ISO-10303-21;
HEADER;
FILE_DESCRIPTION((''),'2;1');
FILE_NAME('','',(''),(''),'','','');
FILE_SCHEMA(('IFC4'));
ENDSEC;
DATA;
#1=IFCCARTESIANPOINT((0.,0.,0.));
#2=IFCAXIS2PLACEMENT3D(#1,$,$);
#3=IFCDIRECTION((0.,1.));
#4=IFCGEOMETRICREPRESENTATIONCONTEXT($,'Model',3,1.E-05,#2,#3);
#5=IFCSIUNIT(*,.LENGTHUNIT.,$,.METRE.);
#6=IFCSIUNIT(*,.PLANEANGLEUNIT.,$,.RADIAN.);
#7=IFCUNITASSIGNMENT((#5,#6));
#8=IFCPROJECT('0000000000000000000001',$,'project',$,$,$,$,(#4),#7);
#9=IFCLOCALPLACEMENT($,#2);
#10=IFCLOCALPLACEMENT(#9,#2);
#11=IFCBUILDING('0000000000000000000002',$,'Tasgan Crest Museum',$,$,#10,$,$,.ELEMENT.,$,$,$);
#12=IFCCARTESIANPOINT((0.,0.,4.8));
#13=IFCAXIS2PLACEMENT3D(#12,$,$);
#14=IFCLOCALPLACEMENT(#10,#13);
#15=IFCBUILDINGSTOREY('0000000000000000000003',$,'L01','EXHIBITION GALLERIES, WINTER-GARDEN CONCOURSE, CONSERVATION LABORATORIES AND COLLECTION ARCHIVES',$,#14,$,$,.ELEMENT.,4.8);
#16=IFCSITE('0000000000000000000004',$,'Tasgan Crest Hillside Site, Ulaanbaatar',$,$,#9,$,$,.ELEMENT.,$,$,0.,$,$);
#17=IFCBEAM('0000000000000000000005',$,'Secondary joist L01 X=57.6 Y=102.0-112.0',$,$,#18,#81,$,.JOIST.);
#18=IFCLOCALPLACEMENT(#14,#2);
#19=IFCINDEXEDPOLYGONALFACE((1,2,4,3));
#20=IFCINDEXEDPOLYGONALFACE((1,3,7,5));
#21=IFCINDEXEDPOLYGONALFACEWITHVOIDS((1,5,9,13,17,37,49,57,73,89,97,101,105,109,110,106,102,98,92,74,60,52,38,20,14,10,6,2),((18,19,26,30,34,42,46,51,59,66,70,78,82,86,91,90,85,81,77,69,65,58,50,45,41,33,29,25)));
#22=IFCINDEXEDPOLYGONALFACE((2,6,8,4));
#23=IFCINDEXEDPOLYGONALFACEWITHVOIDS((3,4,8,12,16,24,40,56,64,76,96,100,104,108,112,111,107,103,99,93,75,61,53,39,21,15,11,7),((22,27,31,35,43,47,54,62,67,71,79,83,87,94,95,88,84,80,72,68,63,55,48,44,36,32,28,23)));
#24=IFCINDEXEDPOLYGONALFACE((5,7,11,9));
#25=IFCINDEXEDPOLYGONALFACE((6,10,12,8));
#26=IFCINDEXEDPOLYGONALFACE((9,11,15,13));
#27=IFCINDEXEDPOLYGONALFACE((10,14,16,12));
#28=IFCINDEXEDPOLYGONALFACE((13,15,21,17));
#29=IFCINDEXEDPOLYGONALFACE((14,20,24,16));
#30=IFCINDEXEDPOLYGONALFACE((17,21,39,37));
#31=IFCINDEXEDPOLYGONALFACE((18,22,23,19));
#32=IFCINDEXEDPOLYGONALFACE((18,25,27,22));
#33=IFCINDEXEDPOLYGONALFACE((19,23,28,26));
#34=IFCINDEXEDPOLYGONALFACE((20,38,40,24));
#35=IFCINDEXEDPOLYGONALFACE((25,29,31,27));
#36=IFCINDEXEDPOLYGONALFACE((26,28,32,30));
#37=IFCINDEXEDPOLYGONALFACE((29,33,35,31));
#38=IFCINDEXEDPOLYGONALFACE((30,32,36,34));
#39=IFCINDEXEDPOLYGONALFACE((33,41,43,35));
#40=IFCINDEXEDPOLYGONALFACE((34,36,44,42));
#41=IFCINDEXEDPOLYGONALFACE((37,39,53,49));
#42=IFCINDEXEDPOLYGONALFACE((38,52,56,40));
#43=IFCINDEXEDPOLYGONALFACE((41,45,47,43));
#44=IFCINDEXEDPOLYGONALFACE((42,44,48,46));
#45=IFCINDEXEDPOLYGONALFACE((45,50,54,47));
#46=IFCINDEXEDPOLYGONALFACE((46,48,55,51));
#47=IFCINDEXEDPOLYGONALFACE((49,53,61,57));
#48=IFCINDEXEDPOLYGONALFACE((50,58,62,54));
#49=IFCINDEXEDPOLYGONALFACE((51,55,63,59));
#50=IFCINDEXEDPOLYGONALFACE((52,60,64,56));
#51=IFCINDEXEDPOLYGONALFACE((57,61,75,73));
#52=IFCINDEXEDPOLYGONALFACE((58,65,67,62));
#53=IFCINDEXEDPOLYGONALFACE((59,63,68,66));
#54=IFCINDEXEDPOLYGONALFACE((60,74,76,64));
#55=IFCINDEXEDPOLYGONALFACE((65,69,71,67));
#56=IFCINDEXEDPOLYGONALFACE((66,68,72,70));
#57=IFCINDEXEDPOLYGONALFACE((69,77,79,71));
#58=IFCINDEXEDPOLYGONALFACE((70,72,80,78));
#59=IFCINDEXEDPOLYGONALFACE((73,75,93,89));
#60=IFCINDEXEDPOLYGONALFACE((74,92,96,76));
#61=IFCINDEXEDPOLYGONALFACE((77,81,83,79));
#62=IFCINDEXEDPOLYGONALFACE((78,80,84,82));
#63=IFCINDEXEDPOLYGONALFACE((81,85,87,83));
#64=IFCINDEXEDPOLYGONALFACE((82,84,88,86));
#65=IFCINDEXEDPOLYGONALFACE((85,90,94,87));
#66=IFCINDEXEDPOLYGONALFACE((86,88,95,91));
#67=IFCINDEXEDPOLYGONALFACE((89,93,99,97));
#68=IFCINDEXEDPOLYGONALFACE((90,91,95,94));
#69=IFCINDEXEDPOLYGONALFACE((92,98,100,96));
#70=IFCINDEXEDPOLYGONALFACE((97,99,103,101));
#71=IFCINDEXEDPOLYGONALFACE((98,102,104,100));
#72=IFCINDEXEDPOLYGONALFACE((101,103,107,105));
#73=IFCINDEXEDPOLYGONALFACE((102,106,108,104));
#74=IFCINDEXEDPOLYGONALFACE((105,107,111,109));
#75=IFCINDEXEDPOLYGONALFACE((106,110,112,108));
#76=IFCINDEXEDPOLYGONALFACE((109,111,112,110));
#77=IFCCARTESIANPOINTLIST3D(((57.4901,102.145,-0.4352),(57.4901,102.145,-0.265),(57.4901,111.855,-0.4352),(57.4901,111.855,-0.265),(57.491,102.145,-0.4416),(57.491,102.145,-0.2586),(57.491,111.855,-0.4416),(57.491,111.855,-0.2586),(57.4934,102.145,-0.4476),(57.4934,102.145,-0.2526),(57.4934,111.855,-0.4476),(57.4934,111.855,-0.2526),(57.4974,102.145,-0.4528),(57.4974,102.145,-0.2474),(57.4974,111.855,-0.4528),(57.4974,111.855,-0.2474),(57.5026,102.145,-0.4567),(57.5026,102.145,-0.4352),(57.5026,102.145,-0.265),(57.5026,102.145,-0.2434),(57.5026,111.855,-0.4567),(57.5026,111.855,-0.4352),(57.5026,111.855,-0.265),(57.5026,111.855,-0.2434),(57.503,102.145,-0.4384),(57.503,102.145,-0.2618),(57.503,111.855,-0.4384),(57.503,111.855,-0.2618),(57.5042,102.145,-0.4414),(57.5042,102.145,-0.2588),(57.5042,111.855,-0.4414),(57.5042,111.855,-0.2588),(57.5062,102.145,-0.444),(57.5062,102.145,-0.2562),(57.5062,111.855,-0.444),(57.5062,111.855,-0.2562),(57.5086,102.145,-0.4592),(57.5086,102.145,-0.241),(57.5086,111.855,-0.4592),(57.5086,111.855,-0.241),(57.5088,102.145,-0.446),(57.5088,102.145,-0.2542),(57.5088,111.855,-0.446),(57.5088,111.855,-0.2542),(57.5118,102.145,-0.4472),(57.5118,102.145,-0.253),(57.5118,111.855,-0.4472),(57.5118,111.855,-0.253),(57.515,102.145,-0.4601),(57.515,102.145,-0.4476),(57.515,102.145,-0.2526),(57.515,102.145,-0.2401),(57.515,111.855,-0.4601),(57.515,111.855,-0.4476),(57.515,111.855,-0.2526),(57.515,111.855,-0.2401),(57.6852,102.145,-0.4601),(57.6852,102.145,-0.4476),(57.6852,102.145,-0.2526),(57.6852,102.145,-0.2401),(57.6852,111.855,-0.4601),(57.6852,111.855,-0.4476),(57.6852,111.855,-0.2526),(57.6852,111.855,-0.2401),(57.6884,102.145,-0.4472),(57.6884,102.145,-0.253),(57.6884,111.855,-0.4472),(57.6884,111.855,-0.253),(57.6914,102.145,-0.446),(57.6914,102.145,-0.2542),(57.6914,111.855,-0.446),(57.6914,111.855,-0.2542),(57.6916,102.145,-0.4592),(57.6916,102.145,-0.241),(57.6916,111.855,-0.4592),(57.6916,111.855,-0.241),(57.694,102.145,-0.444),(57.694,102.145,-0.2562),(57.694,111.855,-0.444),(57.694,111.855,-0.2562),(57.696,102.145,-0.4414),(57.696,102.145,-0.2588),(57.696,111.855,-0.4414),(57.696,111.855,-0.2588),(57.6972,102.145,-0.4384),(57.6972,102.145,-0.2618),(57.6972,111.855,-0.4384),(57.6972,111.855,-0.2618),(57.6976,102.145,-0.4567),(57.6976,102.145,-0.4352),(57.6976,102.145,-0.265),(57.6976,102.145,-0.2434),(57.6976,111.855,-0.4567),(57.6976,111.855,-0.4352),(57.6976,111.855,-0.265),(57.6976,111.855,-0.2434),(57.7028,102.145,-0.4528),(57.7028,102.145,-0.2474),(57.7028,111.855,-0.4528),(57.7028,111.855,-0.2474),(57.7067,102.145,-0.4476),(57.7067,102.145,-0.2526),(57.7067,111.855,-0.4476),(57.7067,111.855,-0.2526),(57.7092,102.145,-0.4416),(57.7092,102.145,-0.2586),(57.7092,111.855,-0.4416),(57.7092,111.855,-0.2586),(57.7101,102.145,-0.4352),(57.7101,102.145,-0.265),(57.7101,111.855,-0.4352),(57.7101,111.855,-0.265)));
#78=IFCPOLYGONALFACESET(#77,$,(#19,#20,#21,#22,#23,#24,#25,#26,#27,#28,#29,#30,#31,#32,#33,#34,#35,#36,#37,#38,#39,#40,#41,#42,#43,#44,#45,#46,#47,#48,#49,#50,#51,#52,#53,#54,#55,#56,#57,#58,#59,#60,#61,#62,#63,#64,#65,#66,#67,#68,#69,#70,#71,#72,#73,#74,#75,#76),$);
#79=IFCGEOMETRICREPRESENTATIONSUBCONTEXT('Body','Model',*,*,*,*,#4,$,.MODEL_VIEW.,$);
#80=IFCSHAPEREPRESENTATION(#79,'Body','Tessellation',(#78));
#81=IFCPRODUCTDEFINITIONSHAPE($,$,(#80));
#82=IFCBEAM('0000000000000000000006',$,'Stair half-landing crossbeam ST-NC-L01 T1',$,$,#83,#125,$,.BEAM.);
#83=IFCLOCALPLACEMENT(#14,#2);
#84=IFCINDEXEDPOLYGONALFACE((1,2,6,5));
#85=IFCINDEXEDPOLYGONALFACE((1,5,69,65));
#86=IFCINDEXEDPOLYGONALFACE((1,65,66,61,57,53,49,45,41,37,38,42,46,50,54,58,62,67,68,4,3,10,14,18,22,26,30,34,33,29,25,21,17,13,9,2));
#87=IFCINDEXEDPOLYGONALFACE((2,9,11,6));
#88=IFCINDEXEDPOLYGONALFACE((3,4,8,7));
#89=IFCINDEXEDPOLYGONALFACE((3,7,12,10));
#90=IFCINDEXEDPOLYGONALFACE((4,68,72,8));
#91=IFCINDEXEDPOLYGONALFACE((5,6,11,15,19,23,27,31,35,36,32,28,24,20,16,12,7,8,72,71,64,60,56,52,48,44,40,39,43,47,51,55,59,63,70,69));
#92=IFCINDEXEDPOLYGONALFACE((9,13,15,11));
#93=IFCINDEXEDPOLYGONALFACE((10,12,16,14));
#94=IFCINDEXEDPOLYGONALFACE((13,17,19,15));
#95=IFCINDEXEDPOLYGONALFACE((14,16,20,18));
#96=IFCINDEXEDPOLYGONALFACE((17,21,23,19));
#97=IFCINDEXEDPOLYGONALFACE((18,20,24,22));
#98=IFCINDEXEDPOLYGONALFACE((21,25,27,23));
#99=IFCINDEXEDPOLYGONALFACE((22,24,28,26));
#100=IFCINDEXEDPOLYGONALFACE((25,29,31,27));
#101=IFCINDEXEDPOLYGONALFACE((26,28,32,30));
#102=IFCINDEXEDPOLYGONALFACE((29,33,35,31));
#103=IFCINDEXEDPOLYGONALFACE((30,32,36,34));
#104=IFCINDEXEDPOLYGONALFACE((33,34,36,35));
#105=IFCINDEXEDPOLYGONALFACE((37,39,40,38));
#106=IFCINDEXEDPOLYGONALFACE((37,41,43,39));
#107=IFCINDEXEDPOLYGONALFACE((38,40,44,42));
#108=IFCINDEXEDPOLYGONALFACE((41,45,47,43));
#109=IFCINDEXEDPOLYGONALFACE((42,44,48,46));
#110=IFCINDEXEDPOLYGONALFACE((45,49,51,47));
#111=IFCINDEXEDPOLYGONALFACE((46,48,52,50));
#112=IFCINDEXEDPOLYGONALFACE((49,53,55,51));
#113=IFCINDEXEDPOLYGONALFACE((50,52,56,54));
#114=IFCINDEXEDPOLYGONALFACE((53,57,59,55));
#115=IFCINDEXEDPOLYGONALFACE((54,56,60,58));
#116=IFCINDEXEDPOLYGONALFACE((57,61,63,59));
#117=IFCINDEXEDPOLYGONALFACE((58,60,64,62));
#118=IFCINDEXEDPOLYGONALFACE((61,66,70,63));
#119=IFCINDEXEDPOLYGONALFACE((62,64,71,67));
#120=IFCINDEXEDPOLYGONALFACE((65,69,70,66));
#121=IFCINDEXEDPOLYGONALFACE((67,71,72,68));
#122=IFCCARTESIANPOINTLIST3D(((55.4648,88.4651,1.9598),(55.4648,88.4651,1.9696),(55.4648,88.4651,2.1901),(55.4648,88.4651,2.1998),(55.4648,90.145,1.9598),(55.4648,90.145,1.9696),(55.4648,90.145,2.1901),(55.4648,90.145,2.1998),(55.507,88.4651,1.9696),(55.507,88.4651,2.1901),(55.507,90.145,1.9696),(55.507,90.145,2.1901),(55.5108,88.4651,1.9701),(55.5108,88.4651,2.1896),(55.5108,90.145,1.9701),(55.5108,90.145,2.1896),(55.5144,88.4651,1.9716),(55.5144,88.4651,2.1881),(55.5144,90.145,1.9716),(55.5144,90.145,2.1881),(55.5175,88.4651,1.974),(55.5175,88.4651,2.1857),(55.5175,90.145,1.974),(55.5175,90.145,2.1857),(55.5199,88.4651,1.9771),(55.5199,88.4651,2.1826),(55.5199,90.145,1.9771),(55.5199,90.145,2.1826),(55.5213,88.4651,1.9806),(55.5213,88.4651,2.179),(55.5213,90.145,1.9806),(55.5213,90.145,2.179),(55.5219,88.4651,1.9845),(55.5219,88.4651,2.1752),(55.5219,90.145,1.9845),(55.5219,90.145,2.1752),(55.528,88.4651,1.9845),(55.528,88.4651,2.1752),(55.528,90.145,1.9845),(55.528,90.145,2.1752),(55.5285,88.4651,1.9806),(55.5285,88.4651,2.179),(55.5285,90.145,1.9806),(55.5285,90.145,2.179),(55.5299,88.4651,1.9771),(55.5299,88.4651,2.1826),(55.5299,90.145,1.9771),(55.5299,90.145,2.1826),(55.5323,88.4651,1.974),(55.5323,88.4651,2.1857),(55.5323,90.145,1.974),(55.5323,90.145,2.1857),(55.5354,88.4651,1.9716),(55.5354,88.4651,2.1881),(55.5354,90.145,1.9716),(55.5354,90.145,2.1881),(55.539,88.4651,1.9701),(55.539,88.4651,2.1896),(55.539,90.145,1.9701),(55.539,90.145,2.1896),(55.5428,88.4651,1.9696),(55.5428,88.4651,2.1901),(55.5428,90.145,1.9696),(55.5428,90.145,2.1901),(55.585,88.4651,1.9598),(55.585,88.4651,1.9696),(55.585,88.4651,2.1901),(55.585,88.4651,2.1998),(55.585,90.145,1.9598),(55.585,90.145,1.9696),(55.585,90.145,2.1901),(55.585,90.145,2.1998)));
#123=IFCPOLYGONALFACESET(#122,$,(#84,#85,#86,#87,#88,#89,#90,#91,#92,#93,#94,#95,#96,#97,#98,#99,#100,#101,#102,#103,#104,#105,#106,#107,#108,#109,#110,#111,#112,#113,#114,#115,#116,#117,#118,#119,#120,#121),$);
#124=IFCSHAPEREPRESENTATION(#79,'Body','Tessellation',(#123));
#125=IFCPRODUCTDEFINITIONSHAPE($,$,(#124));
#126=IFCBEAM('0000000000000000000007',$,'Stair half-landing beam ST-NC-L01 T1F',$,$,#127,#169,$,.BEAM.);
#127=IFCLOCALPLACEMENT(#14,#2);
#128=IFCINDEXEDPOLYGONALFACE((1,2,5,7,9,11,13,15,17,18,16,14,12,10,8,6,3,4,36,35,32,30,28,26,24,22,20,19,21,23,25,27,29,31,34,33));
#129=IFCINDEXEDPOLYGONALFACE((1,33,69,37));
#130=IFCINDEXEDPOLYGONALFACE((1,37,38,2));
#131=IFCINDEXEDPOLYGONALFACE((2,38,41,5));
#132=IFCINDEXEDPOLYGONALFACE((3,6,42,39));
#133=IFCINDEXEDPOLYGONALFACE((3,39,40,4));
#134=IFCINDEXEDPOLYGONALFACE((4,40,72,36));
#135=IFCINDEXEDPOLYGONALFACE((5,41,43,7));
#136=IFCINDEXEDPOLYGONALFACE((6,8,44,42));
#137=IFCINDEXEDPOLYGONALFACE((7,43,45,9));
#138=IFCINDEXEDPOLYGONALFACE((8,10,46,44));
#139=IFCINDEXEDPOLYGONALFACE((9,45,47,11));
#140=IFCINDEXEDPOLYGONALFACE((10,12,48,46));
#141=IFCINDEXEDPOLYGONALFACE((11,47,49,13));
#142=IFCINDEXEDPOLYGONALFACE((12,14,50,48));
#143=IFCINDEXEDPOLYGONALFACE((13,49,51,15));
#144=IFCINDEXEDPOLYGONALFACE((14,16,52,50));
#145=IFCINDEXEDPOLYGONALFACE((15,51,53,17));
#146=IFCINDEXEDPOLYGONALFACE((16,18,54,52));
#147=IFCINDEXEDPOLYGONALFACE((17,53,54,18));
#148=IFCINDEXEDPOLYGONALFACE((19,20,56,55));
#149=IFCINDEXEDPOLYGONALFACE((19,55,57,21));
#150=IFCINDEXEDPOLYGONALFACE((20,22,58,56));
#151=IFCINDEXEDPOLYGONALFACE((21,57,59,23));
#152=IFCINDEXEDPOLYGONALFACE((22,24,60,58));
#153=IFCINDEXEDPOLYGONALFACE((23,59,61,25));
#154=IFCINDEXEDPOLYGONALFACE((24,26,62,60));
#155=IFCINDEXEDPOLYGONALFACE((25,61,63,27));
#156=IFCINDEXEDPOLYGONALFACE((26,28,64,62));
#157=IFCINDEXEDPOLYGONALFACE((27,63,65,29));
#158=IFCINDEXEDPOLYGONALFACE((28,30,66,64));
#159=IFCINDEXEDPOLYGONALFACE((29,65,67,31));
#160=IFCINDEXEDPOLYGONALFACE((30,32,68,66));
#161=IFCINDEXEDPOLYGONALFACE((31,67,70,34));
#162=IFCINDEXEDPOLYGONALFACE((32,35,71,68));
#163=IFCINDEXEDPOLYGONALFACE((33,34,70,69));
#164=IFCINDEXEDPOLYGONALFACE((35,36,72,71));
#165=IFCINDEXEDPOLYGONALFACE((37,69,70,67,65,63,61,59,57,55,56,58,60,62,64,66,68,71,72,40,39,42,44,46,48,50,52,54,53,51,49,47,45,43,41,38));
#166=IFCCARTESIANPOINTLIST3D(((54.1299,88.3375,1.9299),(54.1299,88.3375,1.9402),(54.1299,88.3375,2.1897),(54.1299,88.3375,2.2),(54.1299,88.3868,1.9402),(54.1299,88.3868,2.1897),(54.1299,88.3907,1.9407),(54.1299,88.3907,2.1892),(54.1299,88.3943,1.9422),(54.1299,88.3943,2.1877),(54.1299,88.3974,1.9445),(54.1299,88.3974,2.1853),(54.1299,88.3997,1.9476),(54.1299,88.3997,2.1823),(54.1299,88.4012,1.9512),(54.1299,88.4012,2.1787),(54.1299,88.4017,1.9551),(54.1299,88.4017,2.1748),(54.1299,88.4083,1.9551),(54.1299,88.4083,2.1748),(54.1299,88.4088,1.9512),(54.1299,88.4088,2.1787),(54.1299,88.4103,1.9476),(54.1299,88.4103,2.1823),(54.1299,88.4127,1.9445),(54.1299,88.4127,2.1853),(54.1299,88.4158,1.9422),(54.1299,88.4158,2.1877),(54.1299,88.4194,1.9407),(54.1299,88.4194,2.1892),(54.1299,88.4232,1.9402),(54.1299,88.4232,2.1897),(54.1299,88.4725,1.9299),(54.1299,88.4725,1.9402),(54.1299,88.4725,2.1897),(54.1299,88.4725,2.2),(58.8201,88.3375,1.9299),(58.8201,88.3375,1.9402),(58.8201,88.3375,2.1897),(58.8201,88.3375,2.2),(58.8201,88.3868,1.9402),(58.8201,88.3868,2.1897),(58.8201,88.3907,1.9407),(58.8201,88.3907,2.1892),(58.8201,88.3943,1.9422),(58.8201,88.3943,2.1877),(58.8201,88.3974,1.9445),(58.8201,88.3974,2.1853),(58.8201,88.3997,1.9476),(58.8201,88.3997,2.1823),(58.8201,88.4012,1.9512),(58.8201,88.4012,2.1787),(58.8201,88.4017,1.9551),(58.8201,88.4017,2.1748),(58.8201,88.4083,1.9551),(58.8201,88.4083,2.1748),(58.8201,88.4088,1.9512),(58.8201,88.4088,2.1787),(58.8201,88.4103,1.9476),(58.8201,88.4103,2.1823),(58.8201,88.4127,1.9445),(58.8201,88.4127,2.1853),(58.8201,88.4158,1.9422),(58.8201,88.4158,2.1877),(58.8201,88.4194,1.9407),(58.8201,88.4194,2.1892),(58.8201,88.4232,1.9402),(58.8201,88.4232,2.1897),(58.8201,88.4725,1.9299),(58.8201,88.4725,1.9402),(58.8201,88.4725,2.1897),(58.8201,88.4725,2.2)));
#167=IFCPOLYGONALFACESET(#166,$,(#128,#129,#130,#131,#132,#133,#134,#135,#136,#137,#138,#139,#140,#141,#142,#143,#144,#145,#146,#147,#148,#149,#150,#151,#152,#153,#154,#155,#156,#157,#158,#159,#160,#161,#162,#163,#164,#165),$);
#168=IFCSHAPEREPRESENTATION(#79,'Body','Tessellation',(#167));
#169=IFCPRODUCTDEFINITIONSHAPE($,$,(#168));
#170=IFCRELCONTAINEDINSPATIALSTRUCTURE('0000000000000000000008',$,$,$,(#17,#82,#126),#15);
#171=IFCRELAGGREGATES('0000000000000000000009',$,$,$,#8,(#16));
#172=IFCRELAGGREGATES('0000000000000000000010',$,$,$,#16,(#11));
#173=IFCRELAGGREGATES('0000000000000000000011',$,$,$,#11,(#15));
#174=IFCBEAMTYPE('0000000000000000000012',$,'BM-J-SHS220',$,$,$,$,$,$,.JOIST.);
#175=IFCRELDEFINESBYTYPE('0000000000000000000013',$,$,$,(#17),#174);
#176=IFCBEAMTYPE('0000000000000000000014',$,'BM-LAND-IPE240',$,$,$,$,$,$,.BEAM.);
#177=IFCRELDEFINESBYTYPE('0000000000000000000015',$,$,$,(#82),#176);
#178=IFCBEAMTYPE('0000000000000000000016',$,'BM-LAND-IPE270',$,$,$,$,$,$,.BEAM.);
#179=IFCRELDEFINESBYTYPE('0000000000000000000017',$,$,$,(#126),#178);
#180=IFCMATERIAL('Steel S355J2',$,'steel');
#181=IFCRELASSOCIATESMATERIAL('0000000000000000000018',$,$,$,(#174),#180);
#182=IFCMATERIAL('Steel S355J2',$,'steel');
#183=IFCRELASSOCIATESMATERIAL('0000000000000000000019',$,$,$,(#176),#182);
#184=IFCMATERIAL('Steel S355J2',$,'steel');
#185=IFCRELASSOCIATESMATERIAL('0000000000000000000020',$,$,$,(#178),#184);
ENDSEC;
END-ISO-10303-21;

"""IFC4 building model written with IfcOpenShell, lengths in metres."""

from ifc_helpers import new_model, si_unit, direction, frame, origin, origin_2d, place, context, subcontext, project, spatial, hollow_rectangle, i_section, extrude, material, material_profile, profile_set, type_object, element, save


model = new_model("IFC4")

# Units and contexts
model_context = context("Model", 3, precision=1e-05, world=origin(), true_north=direction((0.0, 1.0)))
body_context = subcontext(model_context, "Body", "Model", "MODEL_VIEW")
ifc_project = project(units=[si_unit("LENGTHUNIT", "METRE"), si_unit("PLANEANGLEUNIT", "RADIAN")], contexts=[model_context])

# Site, building, storey
site_placement = place(None, origin())
site = spatial("IfcSite", under=ifc_project, at=site_placement, Name="Tasgan Crest Hillside Site, Ulaanbaatar", CompositionType="ELEMENT", RefElevation=0.0)
building_placement = place(site_placement, origin())
building = spatial("IfcBuilding", under=site, at=building_placement, Name="Tasgan Crest Museum", CompositionType="ELEMENT")
storey_placement = place(building_placement, frame((0.0, 0.0, 4.8)))
storey = spatial("IfcBuildingStorey", under=building, at=storey_placement, Name="L01", Description="EXHIBITION GALLERIES, WINTER-GARDEN CONCOURSE, CONSERVATION LABORATORIES AND COLLECTION ARCHIVES", CompositionType="ELEMENT", Elevation=4.8)

# Beams
ifc_material_1 = material(Name="Steel S355J2", Category="steel")
ifc_material_profile_1 = material_profile(ifc_material_1, hollow_rectangle(XDim=0.22, YDim=0.22, WallThickness=0.0125, InnerFilletRadius=0.0125, OuterFilletRadius=0.0249, at=origin_2d()), Name="SHS 220x220x12.5")
ifc_profile_set_1 = profile_set([ifc_material_profile_1], Name="Steel S355J2")
beam_type_1 = type_object("IfcBeamType", Name="BM-J-SHS220", PredefinedType="JOIST", material=ifc_profile_set_1)
for number, where, z_axis, x_axis, name in (
    (1, (57.6001, 102.145, -0.3501), (0.0, 1.0, 0.0), (-1.0, 0.0, 0.0), "Secondary joist L01 X=57.6 Y=102.0-112.0"),
):
    element("IfcBeam", number, at=place(storey_placement, frame(where, z_axis=z_axis, x_axis=x_axis)), inside=storey, type_object=beam_type_1, Name=name, PredefinedType="JOIST", context=body_context, shape_type="SweptSolid", body=[
        extrude(hollow_rectangle(XDim=0.22, YDim=0.22, WallThickness=0.0125, InnerFilletRadius=0.0125, OuterFilletRadius=0.0249, at=origin_2d()), origin(), (0.0, 0.0, 1.0), 9.71),
    ])
ifc_material_2 = material(Name="Steel S355J2", Category="steel")
ifc_material_profile_2 = material_profile(ifc_material_2, i_section(OverallWidth=0.1201, OverallDepth=0.24, WebThickness=0.0061, FlangeThickness=0.0098, FilletRadius=0.0149, at=origin_2d()), Name="IPE 240")
ifc_profile_set_2 = profile_set([ifc_material_profile_2], Name="Steel S355J2")
beam_type_2 = type_object("IfcBeamType", Name="BM-LAND-IPE240", PredefinedType="BEAM", material=ifc_profile_set_2)
beam_1_placement = place(storey_placement, frame((55.5249, 88.4651, 2.0798), z_axis=(0.0, 1.0, 0.0), x_axis=(-1.0, 0.0, 0.0)))
element("IfcBeam", 2, at=beam_1_placement, inside=storey, type_object=beam_type_2, Name="Stair half-landing crossbeam ST-NC-L01 T1", PredefinedType="BEAM", context=body_context, shape_type="SweptSolid", body=[
    extrude(i_section(OverallWidth=0.1201, OverallDepth=0.24, WebThickness=0.0061, FlangeThickness=0.0098, FilletRadius=0.0149, at=origin_2d()), origin(), (0.0, 0.0, 1.0), 1.6799),
])
ifc_material_3 = material(Name="Steel S355J2", Category="steel")
ifc_material_profile_3 = material_profile(ifc_material_3, i_section(OverallWidth=0.135, OverallDepth=0.27, WebThickness=0.0066, FlangeThickness=0.0103, FilletRadius=0.0149, at=origin_2d()), Name="IPE 270")
ifc_profile_set_3 = profile_set([ifc_material_profile_3], Name="Steel S355J2")
beam_type_3 = type_object("IfcBeamType", Name="BM-LAND-IPE270", PredefinedType="BEAM", material=ifc_profile_set_3)
for number, where, z_axis, x_axis, name in (
    (3, (54.1299, 88.405, 2.0649), (1.0, 0.0, 0.0), (0.0, 1.0, 0.0), "Stair half-landing beam ST-NC-L01 T1F"),
):
    element("IfcBeam", number, at=place(storey_placement, frame(where, z_axis=z_axis, x_axis=x_axis)), inside=storey, type_object=beam_type_3, Name=name, PredefinedType="BEAM", context=body_context, shape_type="SweptSolid", body=[
        extrude(i_section(OverallWidth=0.135, OverallDepth=0.27, WebThickness=0.0066, FlangeThickness=0.0103, FilletRadius=0.0149, at=origin_2d()), origin(), (0.0, 0.0, 1.0), 4.6902),
    ])

save(model, "model.ifc")
